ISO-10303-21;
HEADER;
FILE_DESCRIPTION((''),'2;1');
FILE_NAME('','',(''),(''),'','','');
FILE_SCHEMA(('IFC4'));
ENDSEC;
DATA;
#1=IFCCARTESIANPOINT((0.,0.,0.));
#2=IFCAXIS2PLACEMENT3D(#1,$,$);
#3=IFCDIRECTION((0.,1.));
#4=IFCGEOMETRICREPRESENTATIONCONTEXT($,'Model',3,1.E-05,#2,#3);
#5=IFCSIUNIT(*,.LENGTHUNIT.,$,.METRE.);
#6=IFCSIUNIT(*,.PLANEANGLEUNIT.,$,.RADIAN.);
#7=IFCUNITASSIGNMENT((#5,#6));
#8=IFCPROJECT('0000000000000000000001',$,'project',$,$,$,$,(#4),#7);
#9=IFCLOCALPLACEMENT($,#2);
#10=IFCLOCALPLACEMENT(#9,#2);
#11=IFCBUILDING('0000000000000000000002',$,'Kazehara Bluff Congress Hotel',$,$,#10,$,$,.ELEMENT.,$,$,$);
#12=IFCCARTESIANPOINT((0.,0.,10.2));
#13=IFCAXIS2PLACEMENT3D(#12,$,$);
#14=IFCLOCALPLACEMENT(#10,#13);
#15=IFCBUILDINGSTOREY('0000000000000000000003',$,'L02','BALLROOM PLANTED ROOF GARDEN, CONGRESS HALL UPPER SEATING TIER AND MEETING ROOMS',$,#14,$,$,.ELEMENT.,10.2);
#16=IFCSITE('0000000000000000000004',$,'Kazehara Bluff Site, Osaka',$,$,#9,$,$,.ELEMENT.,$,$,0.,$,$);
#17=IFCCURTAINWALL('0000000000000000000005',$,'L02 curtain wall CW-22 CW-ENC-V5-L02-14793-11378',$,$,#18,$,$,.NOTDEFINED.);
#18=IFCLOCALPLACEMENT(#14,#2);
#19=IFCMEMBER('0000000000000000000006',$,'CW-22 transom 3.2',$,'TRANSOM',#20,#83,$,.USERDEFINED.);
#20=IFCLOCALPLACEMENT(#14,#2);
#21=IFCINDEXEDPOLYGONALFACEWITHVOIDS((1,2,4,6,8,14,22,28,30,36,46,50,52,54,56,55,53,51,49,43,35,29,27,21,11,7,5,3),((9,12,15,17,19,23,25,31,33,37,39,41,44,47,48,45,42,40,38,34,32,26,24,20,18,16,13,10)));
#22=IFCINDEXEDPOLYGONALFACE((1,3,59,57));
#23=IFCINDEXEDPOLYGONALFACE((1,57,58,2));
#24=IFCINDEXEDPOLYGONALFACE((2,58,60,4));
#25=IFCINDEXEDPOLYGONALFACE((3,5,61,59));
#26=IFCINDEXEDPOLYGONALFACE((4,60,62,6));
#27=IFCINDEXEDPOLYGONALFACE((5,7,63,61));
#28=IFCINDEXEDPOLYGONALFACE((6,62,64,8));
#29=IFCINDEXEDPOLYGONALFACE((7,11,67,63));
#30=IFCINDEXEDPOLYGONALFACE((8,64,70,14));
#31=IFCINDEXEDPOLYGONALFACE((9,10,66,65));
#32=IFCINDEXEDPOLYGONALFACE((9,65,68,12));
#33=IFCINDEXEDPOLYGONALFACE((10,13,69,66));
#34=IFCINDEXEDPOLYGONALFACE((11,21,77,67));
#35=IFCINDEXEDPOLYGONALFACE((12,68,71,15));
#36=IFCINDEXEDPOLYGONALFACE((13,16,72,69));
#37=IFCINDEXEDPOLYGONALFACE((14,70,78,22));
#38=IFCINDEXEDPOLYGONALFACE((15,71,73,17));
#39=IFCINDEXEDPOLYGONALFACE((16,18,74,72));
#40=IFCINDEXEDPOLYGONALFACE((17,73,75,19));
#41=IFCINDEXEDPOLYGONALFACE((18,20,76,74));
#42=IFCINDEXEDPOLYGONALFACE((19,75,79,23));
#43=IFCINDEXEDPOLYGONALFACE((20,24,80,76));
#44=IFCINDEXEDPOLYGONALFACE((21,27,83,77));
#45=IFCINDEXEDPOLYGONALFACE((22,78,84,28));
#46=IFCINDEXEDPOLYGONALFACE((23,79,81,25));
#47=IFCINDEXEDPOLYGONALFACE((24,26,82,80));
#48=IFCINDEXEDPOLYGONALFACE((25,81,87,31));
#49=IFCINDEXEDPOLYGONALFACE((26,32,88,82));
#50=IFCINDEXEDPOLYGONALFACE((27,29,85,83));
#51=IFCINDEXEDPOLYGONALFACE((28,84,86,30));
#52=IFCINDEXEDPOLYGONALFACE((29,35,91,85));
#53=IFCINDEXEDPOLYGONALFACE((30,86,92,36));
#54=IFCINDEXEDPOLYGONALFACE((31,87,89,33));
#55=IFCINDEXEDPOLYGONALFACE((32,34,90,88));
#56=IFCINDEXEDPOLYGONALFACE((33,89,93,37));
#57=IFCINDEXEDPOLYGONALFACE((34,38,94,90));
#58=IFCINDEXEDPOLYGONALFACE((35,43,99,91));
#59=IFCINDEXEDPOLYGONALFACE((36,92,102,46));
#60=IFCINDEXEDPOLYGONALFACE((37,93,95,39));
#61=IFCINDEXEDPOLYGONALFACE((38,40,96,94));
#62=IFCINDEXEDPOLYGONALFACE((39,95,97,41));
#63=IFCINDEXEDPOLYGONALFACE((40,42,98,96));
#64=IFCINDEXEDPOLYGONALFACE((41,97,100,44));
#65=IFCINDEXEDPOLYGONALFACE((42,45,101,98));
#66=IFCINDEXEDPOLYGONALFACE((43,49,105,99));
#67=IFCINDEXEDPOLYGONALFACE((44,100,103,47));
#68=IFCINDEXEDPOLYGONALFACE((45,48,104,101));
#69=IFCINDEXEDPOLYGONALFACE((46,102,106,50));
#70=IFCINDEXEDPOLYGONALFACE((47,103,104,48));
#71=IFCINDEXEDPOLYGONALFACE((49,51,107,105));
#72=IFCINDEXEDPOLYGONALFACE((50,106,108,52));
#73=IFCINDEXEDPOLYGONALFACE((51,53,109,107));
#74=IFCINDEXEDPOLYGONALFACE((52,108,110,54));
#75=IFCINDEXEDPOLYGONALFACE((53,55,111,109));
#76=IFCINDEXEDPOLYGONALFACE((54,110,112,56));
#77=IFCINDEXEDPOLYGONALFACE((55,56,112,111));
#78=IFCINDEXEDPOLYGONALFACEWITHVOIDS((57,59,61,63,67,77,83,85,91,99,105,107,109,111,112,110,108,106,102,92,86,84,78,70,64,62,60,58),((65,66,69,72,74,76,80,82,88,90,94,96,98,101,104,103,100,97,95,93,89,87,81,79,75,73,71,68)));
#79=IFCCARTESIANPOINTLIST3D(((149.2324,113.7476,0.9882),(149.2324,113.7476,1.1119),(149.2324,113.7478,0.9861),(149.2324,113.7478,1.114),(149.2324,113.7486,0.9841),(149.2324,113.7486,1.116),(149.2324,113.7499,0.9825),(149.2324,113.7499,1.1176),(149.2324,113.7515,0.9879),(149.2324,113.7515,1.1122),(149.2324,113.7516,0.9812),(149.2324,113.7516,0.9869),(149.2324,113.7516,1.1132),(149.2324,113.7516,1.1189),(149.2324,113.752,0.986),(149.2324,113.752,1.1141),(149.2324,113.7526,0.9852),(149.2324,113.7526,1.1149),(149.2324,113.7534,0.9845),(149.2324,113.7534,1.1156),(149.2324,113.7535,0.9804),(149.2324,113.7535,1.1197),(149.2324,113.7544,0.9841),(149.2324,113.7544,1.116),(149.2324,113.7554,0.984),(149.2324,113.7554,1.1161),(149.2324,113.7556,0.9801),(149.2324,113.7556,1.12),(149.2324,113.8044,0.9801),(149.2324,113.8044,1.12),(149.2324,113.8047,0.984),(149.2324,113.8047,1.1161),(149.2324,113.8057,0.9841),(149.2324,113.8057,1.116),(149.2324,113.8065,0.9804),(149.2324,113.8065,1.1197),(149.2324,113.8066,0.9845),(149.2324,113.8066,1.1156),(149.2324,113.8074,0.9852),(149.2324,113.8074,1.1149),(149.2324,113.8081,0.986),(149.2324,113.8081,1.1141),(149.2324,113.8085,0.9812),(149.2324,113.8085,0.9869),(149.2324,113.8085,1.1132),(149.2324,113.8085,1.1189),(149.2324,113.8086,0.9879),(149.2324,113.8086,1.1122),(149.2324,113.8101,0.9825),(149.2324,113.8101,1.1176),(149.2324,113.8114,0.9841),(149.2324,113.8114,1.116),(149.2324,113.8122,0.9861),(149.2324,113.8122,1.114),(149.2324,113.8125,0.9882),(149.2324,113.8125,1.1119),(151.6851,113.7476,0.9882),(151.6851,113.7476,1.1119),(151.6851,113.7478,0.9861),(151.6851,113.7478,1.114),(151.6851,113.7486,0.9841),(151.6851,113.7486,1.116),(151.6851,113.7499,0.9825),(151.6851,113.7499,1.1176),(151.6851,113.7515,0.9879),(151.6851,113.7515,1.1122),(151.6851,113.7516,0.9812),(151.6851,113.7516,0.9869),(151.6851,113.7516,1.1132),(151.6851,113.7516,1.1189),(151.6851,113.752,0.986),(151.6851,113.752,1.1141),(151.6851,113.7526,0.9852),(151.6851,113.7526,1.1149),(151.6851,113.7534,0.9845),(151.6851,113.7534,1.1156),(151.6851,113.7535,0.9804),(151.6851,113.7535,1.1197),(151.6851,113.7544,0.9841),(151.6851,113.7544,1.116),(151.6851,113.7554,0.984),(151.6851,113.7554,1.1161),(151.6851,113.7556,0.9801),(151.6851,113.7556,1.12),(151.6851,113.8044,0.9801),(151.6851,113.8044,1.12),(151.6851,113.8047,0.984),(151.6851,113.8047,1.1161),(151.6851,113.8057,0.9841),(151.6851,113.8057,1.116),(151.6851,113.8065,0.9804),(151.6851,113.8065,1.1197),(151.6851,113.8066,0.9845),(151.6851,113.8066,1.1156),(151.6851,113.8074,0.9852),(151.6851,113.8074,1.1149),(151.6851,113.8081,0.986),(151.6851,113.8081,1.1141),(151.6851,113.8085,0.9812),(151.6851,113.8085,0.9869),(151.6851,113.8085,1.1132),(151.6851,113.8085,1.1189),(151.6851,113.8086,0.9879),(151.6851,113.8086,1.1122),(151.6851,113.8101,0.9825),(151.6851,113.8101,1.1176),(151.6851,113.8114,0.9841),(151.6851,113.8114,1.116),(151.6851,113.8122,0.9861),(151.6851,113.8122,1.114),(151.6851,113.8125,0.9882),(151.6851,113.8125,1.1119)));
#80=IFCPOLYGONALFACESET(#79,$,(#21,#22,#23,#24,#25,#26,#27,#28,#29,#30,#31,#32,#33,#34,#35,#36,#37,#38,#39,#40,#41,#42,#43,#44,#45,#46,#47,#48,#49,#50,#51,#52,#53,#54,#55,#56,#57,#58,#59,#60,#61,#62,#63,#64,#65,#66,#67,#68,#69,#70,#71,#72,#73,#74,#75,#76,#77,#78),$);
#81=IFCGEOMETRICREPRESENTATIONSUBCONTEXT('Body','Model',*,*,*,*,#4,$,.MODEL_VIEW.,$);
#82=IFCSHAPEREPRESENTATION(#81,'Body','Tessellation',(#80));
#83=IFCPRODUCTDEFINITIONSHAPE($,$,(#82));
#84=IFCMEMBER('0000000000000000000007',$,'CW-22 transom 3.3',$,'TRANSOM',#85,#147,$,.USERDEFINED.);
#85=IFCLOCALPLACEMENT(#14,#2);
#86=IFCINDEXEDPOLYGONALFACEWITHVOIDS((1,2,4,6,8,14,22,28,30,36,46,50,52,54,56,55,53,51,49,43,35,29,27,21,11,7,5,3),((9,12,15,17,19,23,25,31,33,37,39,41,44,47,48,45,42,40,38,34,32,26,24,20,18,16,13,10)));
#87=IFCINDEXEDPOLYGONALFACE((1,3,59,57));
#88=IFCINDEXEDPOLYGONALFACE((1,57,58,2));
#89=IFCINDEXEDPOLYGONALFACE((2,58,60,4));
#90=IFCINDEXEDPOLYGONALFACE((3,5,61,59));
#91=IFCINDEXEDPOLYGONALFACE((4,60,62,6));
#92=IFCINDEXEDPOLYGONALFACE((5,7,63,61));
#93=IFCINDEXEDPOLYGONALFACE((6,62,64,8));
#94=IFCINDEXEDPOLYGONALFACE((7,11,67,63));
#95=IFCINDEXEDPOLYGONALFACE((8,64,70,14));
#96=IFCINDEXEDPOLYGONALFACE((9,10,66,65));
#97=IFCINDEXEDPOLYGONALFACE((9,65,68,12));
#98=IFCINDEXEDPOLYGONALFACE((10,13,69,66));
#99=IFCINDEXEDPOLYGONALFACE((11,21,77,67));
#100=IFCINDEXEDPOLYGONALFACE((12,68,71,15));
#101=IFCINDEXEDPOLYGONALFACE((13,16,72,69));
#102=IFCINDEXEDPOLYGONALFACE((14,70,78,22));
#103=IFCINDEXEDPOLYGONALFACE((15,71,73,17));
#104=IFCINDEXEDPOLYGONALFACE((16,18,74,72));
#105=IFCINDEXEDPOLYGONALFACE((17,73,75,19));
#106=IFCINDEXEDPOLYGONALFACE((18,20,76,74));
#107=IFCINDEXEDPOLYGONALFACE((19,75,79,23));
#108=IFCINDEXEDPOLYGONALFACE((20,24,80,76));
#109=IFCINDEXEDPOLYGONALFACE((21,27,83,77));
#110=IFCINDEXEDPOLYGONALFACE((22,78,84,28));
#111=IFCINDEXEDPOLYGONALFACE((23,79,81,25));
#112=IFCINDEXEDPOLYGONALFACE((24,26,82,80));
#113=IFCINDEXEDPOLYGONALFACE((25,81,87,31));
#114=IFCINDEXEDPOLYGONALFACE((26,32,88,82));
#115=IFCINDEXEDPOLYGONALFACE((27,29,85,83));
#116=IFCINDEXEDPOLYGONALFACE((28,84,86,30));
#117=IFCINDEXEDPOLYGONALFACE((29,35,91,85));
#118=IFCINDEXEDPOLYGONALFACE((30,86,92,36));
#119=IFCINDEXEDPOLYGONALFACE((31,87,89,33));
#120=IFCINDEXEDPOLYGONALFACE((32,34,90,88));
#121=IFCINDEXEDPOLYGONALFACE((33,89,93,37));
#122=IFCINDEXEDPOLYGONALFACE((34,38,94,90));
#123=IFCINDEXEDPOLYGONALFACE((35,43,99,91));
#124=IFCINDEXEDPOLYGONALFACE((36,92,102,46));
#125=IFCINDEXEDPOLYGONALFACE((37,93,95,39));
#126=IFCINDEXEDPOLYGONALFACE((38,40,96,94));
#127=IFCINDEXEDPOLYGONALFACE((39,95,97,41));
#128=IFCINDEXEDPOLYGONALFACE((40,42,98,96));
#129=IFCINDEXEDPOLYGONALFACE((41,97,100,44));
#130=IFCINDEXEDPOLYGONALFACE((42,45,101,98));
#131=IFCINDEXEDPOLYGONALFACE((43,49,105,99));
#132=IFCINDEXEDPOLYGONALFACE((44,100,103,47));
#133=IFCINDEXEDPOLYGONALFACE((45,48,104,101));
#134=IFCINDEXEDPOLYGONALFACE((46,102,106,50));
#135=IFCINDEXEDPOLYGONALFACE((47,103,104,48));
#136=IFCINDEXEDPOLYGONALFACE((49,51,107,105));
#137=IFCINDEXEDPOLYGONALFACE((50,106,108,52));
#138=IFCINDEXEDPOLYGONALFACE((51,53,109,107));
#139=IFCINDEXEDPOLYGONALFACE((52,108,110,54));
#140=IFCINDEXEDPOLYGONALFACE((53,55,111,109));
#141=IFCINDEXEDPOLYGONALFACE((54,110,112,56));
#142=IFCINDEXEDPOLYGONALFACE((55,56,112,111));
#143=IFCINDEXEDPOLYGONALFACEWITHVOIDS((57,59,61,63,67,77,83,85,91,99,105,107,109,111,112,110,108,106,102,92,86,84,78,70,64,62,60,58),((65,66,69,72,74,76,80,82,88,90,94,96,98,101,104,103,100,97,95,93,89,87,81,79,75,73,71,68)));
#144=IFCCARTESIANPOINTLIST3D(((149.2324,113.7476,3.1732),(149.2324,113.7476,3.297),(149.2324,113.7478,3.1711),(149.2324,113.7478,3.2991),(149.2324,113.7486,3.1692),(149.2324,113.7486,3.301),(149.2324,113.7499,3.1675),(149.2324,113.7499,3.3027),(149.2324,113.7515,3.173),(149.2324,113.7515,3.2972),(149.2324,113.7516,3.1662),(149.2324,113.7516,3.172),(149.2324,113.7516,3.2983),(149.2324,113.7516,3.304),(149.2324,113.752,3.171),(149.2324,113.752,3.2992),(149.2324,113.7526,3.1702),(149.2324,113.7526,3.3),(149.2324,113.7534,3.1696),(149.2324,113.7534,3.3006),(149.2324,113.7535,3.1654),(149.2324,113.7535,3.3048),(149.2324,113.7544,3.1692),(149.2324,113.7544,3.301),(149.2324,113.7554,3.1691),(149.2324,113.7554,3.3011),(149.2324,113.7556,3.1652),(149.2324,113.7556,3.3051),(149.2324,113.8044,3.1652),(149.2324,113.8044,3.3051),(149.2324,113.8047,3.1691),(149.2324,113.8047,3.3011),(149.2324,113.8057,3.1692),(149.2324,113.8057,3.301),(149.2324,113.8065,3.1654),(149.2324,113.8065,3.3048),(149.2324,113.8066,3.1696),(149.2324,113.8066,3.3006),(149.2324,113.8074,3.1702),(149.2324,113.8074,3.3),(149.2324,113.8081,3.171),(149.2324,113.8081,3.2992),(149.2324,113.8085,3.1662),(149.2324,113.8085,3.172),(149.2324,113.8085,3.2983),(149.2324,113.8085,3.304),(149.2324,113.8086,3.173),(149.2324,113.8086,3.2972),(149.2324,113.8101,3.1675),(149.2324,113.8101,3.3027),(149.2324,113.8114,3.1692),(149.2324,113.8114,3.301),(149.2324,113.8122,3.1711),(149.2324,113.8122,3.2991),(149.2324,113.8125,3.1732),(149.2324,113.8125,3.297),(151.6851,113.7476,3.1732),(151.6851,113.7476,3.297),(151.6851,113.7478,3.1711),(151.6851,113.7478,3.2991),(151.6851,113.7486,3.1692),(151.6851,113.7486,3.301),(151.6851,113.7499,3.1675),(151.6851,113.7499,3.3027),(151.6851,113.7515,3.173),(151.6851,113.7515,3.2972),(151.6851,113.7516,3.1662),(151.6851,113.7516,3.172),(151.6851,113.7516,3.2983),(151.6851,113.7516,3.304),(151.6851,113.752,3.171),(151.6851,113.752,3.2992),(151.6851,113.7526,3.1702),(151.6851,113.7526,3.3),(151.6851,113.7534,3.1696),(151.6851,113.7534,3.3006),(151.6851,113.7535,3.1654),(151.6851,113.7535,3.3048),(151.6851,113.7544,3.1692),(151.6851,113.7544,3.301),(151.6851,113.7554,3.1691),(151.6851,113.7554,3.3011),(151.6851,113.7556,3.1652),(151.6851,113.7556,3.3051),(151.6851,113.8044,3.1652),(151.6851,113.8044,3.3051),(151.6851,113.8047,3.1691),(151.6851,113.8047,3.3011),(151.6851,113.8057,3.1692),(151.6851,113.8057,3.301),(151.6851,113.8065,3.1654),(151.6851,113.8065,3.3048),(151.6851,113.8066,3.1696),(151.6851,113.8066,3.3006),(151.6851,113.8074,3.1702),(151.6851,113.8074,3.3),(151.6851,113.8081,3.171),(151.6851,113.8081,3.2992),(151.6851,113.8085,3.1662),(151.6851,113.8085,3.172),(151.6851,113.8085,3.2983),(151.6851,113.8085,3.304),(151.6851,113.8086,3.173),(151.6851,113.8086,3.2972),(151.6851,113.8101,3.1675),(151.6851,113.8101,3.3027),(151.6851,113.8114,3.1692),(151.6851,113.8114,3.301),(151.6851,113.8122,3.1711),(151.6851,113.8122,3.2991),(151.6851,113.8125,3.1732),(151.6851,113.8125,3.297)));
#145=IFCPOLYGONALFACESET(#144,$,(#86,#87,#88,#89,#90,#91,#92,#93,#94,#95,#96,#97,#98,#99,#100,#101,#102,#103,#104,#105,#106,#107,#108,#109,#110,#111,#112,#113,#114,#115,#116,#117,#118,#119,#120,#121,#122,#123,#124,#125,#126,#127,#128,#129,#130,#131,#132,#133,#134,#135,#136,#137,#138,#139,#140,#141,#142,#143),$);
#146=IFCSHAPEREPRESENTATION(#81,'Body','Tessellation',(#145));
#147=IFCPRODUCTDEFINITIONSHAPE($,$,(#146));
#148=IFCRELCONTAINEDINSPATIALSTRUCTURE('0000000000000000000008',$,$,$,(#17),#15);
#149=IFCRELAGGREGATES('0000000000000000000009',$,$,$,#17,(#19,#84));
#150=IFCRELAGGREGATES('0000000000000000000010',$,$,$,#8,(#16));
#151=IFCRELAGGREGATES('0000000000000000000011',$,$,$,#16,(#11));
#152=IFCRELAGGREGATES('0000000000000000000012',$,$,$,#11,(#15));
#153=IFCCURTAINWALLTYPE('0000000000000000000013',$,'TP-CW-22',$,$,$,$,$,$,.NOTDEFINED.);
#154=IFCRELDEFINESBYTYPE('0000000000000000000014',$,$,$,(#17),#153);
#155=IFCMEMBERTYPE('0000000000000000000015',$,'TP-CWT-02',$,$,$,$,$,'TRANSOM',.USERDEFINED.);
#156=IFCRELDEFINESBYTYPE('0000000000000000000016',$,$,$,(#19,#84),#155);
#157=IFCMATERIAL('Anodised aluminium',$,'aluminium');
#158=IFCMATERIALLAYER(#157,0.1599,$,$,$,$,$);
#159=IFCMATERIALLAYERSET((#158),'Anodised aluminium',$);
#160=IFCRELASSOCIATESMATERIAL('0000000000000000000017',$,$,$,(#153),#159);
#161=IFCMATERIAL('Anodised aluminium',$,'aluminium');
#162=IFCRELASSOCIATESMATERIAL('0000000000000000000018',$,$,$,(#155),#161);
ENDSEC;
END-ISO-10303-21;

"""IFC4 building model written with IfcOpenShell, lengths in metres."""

from ifc_helpers import new_model, si_unit, direction, frame, origin, origin_2d, place, context, subcontext, project, spatial, hollow_rectangle, extrude, material, layer, layer_set, material_profile, profile_set, type_object, element, aggregate, save


model = new_model("IFC4")

# Units and contexts
model_context = context("Model", 3, precision=1e-05, world=origin(), true_north=direction((0.0, 1.0)))
body_context = subcontext(model_context, "Body", "Model", "MODEL_VIEW")
ifc_project = project(units=[si_unit("LENGTHUNIT", "METRE"), si_unit("PLANEANGLEUNIT", "RADIAN")], contexts=[model_context])

# Site, building, storey
site_placement = place(None, origin())
site = spatial("IfcSite", under=ifc_project, at=site_placement, Name="Kazehara Bluff Site, Osaka", CompositionType="ELEMENT", RefElevation=0.0)
building_placement = place(site_placement, origin())
building = spatial("IfcBuilding", under=site, at=building_placement, Name="Kazehara Bluff Congress Hotel", CompositionType="ELEMENT")
storey_placement = place(building_placement, frame((0.0, 0.0, 10.2)))
storey = spatial("IfcBuildingStorey", under=building, at=storey_placement, Name="L02", Description="BALLROOM PLANTED ROOF GARDEN, CONGRESS HALL UPPER SEATING TIER AND MEETING ROOMS", CompositionType="ELEMENT", Elevation=10.2)

# Curtain wall
ifc_material_1 = material(Name="Anodised aluminium", Category="aluminium")
ifc_layer_1 = layer(ifc_material_1, 0.1599)
ifc_layer_set_1 = layer_set([ifc_layer_1], Name="Anodised aluminium")
curtain_wall_type = type_object("IfcCurtainWallType", Name="TP-CW-22", PredefinedType="NOTDEFINED", material=ifc_layer_set_1)
curtain_wall_1_placement = place(storey_placement, origin())
curtain_wall_1 = element("IfcCurtainWall", 1, at=curtain_wall_1_placement, inside=storey, type_object=curtain_wall_type, Name="L02 curtain wall CW-22 CW-ENC-V5-L02-14793-11378", PredefinedType="NOTDEFINED")

# Members
ifc_material_2 = material(Name="Anodised aluminium", Category="aluminium")
ifc_material_profile_1 = material_profile(ifc_material_2, hollow_rectangle(XDim=0.0649, YDim=0.1399, WallThickness=0.0039, InnerFilletRadius=0.0039, OuterFilletRadius=0.0081, at=origin_2d()))
ifc_profile_set_1 = profile_set([ifc_material_profile_1], Name="Anodised aluminium")
member_type_1 = type_object("IfcMemberType", Name="TP-CWT-02", ElementType="TRANSOM", PredefinedType="USERDEFINED", material=ifc_profile_set_1)
member_1_placement = place(storey_placement, frame((149.2324, 113.78, 1.05), z_axis=(1.0, 0.0, 0.0), x_axis=(0.0, 1.0, 0.0)))
member_1 = element("IfcMember", 2, at=member_1_placement, type_object=member_type_1, Name="CW-22 transom 3.2", ObjectType="TRANSOM", PredefinedType="USERDEFINED", context=body_context, shape_type="SweptSolid", body=[
    extrude(hollow_rectangle(XDim=0.0649, YDim=0.1399, WallThickness=0.0039, InnerFilletRadius=0.0039, OuterFilletRadius=0.0081, at=origin_2d()), origin(), (0.0, 0.0, 1.0), 2.4526),
])
member_2_placement = place(storey_placement, frame((149.2324, 113.78, 3.2351), z_axis=(1.0, 0.0, 0.0), x_axis=(0.0, 1.0, 0.0)))
member_2 = element("IfcMember", 3, at=member_2_placement, type_object=member_type_1, Name="CW-22 transom 3.3", ObjectType="TRANSOM", PredefinedType="USERDEFINED", context=body_context, shape_type="SweptSolid", body=[
    extrude(hollow_rectangle(XDim=0.0649, YDim=0.1399, WallThickness=0.0039, InnerFilletRadius=0.0039, OuterFilletRadius=0.0081, at=origin_2d()), origin(), (0.0, 0.0, 1.0), 2.4526),
])

aggregate(curtain_wall_1, [member_1, member_2])

save(model, "model.ifc")
